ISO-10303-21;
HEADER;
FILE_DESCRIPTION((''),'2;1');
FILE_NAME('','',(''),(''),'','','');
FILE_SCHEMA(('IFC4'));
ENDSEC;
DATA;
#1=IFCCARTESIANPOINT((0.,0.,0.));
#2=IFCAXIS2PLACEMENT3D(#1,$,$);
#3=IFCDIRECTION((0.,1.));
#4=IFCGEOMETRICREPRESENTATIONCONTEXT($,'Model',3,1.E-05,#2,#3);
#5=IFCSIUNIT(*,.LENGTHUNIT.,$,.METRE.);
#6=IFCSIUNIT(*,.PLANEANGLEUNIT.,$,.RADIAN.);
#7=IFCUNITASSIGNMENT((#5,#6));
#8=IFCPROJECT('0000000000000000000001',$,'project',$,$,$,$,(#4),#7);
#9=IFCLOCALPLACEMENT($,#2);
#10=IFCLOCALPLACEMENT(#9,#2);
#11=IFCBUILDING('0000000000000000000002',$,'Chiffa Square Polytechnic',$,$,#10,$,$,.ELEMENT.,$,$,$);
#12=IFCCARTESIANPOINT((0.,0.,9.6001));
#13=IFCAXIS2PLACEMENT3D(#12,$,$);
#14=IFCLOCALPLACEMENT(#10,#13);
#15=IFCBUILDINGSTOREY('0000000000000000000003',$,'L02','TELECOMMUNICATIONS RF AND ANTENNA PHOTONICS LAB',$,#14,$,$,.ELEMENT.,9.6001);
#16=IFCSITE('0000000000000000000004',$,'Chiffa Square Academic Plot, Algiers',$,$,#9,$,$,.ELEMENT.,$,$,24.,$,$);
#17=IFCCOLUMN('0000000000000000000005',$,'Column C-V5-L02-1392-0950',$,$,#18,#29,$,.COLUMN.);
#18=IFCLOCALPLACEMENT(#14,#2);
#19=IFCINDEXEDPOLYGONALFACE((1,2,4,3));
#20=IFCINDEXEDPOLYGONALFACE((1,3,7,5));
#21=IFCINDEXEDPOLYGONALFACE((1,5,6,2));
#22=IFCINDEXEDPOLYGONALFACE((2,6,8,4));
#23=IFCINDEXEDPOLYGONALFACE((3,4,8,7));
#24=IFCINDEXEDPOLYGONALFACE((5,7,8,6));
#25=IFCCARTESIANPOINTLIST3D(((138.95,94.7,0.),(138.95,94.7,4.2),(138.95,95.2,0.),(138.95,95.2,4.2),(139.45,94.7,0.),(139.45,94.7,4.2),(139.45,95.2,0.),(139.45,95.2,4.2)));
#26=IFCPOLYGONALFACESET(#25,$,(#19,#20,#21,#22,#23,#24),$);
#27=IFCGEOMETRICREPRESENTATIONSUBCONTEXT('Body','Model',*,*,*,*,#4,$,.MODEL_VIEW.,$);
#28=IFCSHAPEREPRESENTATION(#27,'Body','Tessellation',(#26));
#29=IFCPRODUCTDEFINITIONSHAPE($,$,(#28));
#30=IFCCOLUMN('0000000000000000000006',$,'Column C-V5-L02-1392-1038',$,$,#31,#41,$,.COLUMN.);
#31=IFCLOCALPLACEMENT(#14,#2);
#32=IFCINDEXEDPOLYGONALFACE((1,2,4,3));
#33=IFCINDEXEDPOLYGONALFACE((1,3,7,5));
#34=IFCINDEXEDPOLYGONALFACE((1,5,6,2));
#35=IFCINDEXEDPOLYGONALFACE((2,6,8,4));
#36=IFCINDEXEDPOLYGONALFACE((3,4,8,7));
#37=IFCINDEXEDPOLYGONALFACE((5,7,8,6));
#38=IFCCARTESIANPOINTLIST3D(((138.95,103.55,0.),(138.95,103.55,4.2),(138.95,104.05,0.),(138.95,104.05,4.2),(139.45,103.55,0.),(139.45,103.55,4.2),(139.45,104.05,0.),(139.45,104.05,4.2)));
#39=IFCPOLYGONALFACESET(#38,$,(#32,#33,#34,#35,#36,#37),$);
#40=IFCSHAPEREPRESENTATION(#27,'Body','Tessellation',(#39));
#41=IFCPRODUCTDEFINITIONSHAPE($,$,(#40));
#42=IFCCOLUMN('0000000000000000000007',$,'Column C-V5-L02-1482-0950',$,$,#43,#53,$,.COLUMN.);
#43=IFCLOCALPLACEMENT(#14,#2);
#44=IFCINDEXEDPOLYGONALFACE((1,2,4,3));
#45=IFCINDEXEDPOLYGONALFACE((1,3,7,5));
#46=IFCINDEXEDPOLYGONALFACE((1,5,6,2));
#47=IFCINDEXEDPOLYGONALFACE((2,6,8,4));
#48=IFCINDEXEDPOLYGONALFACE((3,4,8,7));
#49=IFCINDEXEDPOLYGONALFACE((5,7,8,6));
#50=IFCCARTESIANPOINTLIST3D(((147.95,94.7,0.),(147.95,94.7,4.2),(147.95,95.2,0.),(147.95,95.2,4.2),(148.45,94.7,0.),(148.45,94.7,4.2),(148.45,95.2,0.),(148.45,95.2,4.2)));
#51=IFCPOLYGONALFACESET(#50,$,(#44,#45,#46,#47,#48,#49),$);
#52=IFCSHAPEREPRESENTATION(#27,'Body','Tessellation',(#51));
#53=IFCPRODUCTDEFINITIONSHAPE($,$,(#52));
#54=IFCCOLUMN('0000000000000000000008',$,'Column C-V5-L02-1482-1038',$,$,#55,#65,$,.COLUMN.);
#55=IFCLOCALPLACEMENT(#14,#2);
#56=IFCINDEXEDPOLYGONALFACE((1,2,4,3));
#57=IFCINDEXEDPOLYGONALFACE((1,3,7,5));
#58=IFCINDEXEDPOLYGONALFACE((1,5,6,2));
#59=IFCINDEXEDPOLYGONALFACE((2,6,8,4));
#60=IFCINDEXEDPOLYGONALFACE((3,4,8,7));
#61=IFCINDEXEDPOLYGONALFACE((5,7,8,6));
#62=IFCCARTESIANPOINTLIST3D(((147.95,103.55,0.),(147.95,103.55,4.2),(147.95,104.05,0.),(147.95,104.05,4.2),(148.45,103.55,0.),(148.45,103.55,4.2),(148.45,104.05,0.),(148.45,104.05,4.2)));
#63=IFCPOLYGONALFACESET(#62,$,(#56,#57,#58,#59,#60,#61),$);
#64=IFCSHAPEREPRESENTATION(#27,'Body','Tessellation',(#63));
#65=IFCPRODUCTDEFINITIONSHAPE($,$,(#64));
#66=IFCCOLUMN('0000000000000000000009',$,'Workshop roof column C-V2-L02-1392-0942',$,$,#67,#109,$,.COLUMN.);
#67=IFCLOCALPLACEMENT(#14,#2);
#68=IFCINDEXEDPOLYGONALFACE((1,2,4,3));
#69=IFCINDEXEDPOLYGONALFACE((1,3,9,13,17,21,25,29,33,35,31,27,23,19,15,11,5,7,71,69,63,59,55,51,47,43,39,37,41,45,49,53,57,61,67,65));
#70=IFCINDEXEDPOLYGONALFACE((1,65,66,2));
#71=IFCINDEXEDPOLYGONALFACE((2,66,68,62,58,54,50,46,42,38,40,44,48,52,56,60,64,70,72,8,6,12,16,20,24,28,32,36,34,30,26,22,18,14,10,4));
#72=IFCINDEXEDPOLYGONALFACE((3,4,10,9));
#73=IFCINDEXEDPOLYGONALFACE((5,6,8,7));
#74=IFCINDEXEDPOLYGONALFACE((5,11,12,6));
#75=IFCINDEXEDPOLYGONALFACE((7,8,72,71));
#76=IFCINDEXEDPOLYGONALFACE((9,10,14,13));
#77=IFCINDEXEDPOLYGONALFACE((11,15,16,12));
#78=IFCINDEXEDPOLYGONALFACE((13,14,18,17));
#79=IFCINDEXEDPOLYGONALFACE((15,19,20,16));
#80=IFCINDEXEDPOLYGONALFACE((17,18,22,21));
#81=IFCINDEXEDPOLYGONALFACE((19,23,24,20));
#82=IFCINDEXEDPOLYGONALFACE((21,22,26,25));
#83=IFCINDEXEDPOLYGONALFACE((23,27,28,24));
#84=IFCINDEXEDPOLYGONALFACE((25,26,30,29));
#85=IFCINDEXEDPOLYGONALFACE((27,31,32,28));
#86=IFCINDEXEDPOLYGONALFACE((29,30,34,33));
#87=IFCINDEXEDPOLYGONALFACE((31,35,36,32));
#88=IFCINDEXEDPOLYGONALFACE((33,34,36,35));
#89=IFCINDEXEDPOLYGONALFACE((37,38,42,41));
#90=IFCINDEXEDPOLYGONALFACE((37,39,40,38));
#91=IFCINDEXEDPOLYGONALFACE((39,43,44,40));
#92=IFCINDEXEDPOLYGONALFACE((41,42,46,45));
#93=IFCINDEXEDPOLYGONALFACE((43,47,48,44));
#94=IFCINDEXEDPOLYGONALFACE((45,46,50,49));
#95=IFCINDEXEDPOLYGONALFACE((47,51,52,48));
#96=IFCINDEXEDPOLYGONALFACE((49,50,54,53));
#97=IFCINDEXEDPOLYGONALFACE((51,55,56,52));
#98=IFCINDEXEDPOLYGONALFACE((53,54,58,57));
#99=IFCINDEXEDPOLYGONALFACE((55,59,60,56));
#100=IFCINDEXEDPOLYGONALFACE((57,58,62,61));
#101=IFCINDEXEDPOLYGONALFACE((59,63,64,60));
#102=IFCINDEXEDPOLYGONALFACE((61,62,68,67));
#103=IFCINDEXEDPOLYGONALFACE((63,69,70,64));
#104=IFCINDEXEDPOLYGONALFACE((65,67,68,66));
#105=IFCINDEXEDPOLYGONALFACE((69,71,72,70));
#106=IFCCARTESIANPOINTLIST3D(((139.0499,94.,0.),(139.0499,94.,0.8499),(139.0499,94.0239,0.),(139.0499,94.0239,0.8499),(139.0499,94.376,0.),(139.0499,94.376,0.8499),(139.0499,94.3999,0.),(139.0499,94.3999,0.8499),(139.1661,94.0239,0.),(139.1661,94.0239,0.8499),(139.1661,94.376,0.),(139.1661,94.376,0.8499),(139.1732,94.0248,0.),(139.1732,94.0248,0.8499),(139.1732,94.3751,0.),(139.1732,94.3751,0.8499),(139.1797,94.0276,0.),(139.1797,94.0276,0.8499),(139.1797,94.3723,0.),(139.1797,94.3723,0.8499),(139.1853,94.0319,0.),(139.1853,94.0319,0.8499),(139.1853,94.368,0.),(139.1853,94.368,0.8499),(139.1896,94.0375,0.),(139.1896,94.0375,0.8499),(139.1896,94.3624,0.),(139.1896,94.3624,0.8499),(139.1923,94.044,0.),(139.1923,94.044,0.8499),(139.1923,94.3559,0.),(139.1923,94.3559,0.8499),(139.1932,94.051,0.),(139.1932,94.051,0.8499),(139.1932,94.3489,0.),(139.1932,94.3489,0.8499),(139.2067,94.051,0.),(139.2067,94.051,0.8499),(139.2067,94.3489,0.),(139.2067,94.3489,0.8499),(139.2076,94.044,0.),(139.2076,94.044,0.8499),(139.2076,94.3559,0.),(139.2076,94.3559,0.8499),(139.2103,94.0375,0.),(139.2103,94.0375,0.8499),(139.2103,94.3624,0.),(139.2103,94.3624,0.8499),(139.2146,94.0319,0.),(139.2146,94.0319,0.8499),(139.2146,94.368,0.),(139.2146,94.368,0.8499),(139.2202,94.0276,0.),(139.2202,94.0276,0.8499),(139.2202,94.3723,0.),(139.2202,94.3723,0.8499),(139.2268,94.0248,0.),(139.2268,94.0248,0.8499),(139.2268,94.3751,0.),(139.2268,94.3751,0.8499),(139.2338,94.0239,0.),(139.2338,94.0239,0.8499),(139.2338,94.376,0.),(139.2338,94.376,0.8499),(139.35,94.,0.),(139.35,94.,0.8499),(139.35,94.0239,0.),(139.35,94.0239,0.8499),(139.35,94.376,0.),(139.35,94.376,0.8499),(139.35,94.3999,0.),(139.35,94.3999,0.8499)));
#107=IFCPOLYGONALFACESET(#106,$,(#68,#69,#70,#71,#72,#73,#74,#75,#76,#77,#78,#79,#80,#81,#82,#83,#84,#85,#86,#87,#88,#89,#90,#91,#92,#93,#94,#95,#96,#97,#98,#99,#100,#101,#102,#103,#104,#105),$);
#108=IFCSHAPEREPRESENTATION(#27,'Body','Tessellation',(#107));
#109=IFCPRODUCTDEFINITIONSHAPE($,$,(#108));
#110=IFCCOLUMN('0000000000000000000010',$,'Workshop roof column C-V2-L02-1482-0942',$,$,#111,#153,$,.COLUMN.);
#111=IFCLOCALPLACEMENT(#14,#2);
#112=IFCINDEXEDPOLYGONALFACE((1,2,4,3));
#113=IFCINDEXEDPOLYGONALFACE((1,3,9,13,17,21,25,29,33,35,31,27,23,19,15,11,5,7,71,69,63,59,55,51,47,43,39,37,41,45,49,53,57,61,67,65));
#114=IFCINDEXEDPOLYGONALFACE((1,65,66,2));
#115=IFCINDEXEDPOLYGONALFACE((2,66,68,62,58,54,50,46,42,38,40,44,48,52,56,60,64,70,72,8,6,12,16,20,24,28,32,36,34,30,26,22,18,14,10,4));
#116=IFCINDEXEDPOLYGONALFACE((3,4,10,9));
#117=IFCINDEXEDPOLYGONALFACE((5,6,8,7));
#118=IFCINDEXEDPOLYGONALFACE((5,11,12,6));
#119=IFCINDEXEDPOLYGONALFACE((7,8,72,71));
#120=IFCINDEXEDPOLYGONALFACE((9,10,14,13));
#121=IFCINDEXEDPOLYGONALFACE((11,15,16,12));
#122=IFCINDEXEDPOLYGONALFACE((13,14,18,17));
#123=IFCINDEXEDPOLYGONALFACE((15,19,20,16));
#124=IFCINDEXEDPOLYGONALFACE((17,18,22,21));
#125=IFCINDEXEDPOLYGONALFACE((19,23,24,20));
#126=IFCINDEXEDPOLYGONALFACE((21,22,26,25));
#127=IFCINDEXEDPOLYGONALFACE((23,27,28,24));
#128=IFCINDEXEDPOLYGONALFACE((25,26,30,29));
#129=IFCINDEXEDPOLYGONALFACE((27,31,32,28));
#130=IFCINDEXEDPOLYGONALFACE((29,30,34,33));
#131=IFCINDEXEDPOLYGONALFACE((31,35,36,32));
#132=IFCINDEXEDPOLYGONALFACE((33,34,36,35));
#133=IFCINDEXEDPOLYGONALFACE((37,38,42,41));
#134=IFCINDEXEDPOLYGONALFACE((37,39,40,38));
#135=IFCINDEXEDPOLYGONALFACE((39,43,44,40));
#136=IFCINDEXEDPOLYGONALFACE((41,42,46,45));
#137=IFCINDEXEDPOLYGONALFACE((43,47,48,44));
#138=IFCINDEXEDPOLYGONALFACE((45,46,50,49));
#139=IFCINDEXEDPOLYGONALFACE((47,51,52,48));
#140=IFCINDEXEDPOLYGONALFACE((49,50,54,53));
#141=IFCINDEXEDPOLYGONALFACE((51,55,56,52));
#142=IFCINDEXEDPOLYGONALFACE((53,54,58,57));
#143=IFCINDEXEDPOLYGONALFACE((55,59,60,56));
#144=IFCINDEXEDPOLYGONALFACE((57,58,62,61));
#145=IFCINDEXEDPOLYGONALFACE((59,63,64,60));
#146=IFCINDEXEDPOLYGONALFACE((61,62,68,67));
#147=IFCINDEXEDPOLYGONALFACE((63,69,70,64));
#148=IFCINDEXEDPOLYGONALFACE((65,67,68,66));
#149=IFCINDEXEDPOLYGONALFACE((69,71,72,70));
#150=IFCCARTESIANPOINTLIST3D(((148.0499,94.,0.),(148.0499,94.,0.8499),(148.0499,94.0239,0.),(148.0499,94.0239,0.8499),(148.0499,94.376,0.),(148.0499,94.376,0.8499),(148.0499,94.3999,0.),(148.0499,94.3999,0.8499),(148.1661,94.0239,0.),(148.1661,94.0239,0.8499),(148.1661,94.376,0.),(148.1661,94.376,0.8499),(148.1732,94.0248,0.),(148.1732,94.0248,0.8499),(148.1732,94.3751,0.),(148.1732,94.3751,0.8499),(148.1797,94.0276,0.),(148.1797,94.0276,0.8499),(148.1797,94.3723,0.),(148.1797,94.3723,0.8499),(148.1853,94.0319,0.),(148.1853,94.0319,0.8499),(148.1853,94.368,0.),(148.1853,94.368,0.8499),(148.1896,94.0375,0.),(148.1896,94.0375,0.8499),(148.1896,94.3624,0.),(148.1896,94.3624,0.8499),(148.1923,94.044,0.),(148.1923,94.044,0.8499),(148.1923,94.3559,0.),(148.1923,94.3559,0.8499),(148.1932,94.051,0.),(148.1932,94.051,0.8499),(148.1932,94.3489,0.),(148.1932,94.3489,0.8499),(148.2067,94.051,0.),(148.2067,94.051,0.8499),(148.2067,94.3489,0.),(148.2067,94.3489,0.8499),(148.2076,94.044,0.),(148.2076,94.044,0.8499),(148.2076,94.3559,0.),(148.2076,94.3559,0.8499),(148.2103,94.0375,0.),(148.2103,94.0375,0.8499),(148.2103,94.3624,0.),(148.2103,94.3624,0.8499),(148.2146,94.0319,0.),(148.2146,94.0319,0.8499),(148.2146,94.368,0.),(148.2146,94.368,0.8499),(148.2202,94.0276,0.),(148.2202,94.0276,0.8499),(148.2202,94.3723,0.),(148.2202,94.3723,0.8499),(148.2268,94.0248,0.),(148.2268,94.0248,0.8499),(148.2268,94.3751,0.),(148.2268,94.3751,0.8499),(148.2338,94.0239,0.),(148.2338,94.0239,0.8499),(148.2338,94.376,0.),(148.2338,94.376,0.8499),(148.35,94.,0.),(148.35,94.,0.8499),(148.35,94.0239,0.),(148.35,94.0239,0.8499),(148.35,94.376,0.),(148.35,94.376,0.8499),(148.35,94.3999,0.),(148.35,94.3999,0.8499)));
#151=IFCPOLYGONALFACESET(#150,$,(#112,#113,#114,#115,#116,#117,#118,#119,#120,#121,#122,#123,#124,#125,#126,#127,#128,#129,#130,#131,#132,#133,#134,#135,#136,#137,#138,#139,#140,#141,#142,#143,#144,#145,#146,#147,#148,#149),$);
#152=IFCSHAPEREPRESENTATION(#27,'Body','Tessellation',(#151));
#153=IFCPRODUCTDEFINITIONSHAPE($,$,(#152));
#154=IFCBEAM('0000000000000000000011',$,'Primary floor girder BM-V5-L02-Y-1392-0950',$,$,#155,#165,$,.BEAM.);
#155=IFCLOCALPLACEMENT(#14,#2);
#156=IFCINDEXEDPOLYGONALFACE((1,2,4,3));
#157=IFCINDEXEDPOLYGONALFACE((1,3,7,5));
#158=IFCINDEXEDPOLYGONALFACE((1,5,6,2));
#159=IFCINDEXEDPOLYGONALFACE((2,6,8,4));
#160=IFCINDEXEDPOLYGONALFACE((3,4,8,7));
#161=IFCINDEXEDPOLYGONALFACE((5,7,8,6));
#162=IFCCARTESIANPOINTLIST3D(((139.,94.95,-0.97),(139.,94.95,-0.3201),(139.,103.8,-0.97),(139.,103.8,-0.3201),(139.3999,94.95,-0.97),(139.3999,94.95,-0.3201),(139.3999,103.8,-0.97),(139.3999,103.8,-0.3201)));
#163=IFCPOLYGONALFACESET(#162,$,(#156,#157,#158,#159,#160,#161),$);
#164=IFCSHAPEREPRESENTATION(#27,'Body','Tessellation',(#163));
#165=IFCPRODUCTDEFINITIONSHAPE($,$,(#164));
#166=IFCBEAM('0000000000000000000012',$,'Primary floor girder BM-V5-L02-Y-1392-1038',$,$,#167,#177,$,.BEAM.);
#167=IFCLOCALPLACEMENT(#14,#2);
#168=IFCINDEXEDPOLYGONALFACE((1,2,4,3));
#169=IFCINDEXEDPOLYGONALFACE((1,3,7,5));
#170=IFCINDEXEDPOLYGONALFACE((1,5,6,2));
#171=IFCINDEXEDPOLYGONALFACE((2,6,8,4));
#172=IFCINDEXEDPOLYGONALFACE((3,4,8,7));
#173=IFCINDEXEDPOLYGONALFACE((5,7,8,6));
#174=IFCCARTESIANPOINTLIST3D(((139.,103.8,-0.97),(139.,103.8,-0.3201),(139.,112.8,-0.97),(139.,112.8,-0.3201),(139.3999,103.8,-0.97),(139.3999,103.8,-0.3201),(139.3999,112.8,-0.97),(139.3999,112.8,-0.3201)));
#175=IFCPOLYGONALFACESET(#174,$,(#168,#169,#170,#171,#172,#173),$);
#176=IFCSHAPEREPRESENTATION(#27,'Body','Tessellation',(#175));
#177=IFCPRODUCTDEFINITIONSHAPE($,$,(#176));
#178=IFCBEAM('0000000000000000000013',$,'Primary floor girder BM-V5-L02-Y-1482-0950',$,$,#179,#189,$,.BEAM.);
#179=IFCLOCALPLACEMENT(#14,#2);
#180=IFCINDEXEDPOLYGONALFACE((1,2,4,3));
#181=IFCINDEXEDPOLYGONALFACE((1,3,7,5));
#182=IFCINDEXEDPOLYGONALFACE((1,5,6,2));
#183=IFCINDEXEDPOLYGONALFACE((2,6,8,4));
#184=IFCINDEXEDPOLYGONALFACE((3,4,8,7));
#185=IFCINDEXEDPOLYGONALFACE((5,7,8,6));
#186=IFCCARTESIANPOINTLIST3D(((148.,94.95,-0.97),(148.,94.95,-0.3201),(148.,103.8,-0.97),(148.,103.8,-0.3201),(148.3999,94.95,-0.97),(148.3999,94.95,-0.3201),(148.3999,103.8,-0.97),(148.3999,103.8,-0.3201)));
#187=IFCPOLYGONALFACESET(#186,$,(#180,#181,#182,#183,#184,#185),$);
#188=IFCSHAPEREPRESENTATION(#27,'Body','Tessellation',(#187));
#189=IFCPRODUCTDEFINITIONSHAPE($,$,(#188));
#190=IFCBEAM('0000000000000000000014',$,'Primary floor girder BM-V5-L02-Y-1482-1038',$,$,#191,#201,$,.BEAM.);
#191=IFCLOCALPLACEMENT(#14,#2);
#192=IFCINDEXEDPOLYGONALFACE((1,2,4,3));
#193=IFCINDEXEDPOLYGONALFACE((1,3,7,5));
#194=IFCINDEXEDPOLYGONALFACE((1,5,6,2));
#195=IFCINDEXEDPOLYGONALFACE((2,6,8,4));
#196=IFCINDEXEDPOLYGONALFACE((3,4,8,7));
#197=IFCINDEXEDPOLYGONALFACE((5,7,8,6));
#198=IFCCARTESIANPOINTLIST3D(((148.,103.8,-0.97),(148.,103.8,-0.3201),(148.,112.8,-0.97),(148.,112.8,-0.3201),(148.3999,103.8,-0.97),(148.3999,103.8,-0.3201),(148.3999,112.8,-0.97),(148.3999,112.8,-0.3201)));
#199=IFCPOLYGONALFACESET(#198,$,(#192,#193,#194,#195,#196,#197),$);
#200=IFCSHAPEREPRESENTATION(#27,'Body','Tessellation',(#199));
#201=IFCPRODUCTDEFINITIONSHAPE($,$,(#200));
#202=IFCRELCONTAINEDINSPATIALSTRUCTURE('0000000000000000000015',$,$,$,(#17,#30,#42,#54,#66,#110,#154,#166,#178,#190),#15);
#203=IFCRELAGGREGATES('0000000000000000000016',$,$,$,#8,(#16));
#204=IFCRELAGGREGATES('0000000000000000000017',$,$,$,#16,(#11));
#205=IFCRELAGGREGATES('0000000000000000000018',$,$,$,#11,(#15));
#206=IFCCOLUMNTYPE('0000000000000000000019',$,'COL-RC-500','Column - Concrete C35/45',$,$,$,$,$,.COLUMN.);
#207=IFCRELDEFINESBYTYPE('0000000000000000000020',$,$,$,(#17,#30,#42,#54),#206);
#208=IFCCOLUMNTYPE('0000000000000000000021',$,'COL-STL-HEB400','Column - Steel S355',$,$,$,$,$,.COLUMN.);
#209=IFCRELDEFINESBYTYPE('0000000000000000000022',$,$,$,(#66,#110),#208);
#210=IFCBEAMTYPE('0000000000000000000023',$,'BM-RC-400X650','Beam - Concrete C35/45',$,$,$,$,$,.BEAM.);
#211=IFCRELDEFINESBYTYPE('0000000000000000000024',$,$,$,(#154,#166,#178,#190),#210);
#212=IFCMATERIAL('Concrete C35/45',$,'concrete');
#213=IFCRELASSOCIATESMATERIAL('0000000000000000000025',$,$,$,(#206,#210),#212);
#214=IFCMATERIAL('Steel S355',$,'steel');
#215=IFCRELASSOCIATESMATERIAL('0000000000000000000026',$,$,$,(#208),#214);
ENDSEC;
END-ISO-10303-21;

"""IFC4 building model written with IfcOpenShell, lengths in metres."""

from ifc_helpers import new_model, si_unit, direction, frame, origin, origin_2d, place, context, subcontext, project, spatial, rectangle, i_section, extrude, material, material_profile, profile_set, type_object, element, save


model = new_model("IFC4")

# Units and contexts
model_context = context("Model", 3, precision=1e-05, world=origin(), true_north=direction((0.0, 1.0)))
body_context = subcontext(model_context, "Body", "Model", "MODEL_VIEW")
ifc_project = project(units=[si_unit("LENGTHUNIT", "METRE"), si_unit("PLANEANGLEUNIT", "RADIAN")], contexts=[model_context])

# Site, building, storey
site_placement = place(None, origin())
site = spatial("IfcSite", under=ifc_project, at=site_placement, Name="Chiffa Square Academic Plot, Algiers", CompositionType="ELEMENT", RefElevation=24.0)
building_placement = place(site_placement, origin())
building = spatial("IfcBuilding", under=site, at=building_placement, Name="Chiffa Square Polytechnic", CompositionType="ELEMENT")
storey_placement = place(building_placement, frame((0.0, 0.0, 9.6001)))
storey = spatial("IfcBuildingStorey", under=building, at=storey_placement, Name="L02", Description="TELECOMMUNICATIONS RF AND ANTENNA PHOTONICS LAB", CompositionType="ELEMENT", Elevation=9.6001)

# Columns
ifc_material_1 = material(Name="Concrete C35/45", Category="concrete")
ifc_material_profile_1 = material_profile(ifc_material_1, rectangle(XDim=0.5, YDim=0.5, at=origin_2d()), Name="RC 500x500")
ifc_profile_set_1 = profile_set([ifc_material_profile_1], Name="Concrete C35/45")
column_type_1 = type_object("IfcColumnType", Name="COL-RC-500", Description="Column - Concrete C35/45", PredefinedType="COLUMN", material=ifc_profile_set_1)
for number, where, z_axis, x_axis, name in (
    (1, (139.2, 94.95, 0.0), (0.0, 0.0, 1.0), (1.0, 0.0, 0.0), "Column C-V5-L02-1392-0950"),
    (2, (139.2, 103.8, 0.0), (0.0, 0.0, 1.0), (1.0, 0.0, 0.0), "Column C-V5-L02-1392-1038"),
    (3, (148.2, 94.95, 0.0), (0.0, 0.0, 1.0), (1.0, 0.0, 0.0), "Column C-V5-L02-1482-0950"),
    (4, (148.2, 103.8, 0.0), (0.0, 0.0, 1.0), (1.0, 0.0, 0.0), "Column C-V5-L02-1482-1038"),
):
    element("IfcColumn", number, at=place(storey_placement, frame(where, z_axis=z_axis, x_axis=x_axis)), inside=storey, type_object=column_type_1, Name=name, PredefinedType="COLUMN", context=body_context, shape_type="SweptSolid", body=[
        extrude(rectangle(XDim=0.5, YDim=0.5, at=origin_2d()), origin(), (0.0, 0.0, 1.0), 4.2),
    ])
ifc_material_2 = material(Name="Steel S355", Category="steel")
ifc_material_profile_2 = material_profile(ifc_material_2, i_section(OverallWidth=0.3, OverallDepth=0.3999, WebThickness=0.0134, FlangeThickness=0.0239, FilletRadius=0.0271, at=origin_2d()), Name="HEB 400")
ifc_profile_set_2 = profile_set([ifc_material_profile_2], Name="Steel S355")
column_type_2 = type_object("IfcColumnType", Name="COL-STL-HEB400", Description="Column - Steel S355", PredefinedType="COLUMN", material=ifc_profile_set_2)
for number, where, z_axis, x_axis, name in (
    (5, (139.2, 94.2, 0.0), (0.0, 0.0, 1.0), (1.0, 0.0, 0.0), "Workshop roof column C-V2-L02-1392-0942"),
    (6, (148.2, 94.2, 0.0), (0.0, 0.0, 1.0), (1.0, 0.0, 0.0), "Workshop roof column C-V2-L02-1482-0942"),
):
    element("IfcColumn", number, at=place(storey_placement, frame(where, z_axis=z_axis, x_axis=x_axis)), inside=storey, type_object=column_type_2, Name=name, PredefinedType="COLUMN", context=body_context, shape_type="SweptSolid", body=[
        extrude(i_section(OverallWidth=0.3, OverallDepth=0.3999, WebThickness=0.0134, FlangeThickness=0.0239, FilletRadius=0.0271, at=origin_2d()), origin(), (0.0, 0.0, 1.0), 0.8499),
    ])

# Beams
ifc_material_profile_3 = material_profile(ifc_material_1, rectangle(XDim=0.3999, YDim=0.6499, at=origin_2d()), Name="RC 400x650")
ifc_profile_set_3 = profile_set([ifc_material_profile_3], Name="Concrete C35/45")
beam_type_1 = type_object("IfcBeamType", Name="BM-RC-400X650", Description="Beam - Concrete C35/45", PredefinedType="BEAM", material=ifc_profile_set_3)
beam_1_placement = place(storey_placement, frame((139.2, 94.95, -0.645), z_axis=(0.0, 1.0, 0.0), x_axis=(-1.0, 0.0, 0.0)))
element("IfcBeam", 7, at=beam_1_placement, inside=storey, type_object=beam_type_1, Name="Primary floor girder BM-V5-L02-Y-1392-0950", PredefinedType="BEAM", context=body_context, shape_type="SweptSolid", body=[
    extrude(rectangle(XDim=0.3999, YDim=0.6499, at=origin_2d()), origin(), (0.0, 0.0, 1.0), 8.8501),
])
beam_2_placement = place(storey_placement, frame((139.2, 103.8, -0.645), z_axis=(0.0, 1.0, 0.0), x_axis=(-1.0, 0.0, 0.0)))
element("IfcBeam", 8, at=beam_2_placement, inside=storey, type_object=beam_type_1, Name="Primary floor girder BM-V5-L02-Y-1392-1038", PredefinedType="BEAM", context=body_context, shape_type="SweptSolid", body=[
    extrude(rectangle(XDim=0.3999, YDim=0.6499, at=origin_2d()), origin(), (0.0, 0.0, 1.0), 9.0),
])
beam_3_placement = place(storey_placement, frame((148.2, 94.95, -0.645), z_axis=(0.0, 1.0, 0.0), x_axis=(-1.0, 0.0, 0.0)))
element("IfcBeam", 9, at=beam_3_placement, inside=storey, type_object=beam_type_1, Name="Primary floor girder BM-V5-L02-Y-1482-0950", PredefinedType="BEAM", context=body_context, shape_type="SweptSolid", body=[
    extrude(rectangle(XDim=0.3999, YDim=0.6499, at=origin_2d()), origin(), (0.0, 0.0, 1.0), 8.8501),
])
beam_4_placement = place(storey_placement, frame((148.2, 103.8, -0.645), z_axis=(0.0, 1.0, 0.0), x_axis=(-1.0, 0.0, 0.0)))
element("IfcBeam", 10, at=beam_4_placement, inside=storey, type_object=beam_type_1, Name="Primary floor girder BM-V5-L02-Y-1482-1038", PredefinedType="BEAM", context=body_context, shape_type="SweptSolid", body=[
    extrude(rectangle(XDim=0.3999, YDim=0.6499, at=origin_2d()), origin(), (0.0, 0.0, 1.0), 9.0),
])

save(model, "model.ifc")
